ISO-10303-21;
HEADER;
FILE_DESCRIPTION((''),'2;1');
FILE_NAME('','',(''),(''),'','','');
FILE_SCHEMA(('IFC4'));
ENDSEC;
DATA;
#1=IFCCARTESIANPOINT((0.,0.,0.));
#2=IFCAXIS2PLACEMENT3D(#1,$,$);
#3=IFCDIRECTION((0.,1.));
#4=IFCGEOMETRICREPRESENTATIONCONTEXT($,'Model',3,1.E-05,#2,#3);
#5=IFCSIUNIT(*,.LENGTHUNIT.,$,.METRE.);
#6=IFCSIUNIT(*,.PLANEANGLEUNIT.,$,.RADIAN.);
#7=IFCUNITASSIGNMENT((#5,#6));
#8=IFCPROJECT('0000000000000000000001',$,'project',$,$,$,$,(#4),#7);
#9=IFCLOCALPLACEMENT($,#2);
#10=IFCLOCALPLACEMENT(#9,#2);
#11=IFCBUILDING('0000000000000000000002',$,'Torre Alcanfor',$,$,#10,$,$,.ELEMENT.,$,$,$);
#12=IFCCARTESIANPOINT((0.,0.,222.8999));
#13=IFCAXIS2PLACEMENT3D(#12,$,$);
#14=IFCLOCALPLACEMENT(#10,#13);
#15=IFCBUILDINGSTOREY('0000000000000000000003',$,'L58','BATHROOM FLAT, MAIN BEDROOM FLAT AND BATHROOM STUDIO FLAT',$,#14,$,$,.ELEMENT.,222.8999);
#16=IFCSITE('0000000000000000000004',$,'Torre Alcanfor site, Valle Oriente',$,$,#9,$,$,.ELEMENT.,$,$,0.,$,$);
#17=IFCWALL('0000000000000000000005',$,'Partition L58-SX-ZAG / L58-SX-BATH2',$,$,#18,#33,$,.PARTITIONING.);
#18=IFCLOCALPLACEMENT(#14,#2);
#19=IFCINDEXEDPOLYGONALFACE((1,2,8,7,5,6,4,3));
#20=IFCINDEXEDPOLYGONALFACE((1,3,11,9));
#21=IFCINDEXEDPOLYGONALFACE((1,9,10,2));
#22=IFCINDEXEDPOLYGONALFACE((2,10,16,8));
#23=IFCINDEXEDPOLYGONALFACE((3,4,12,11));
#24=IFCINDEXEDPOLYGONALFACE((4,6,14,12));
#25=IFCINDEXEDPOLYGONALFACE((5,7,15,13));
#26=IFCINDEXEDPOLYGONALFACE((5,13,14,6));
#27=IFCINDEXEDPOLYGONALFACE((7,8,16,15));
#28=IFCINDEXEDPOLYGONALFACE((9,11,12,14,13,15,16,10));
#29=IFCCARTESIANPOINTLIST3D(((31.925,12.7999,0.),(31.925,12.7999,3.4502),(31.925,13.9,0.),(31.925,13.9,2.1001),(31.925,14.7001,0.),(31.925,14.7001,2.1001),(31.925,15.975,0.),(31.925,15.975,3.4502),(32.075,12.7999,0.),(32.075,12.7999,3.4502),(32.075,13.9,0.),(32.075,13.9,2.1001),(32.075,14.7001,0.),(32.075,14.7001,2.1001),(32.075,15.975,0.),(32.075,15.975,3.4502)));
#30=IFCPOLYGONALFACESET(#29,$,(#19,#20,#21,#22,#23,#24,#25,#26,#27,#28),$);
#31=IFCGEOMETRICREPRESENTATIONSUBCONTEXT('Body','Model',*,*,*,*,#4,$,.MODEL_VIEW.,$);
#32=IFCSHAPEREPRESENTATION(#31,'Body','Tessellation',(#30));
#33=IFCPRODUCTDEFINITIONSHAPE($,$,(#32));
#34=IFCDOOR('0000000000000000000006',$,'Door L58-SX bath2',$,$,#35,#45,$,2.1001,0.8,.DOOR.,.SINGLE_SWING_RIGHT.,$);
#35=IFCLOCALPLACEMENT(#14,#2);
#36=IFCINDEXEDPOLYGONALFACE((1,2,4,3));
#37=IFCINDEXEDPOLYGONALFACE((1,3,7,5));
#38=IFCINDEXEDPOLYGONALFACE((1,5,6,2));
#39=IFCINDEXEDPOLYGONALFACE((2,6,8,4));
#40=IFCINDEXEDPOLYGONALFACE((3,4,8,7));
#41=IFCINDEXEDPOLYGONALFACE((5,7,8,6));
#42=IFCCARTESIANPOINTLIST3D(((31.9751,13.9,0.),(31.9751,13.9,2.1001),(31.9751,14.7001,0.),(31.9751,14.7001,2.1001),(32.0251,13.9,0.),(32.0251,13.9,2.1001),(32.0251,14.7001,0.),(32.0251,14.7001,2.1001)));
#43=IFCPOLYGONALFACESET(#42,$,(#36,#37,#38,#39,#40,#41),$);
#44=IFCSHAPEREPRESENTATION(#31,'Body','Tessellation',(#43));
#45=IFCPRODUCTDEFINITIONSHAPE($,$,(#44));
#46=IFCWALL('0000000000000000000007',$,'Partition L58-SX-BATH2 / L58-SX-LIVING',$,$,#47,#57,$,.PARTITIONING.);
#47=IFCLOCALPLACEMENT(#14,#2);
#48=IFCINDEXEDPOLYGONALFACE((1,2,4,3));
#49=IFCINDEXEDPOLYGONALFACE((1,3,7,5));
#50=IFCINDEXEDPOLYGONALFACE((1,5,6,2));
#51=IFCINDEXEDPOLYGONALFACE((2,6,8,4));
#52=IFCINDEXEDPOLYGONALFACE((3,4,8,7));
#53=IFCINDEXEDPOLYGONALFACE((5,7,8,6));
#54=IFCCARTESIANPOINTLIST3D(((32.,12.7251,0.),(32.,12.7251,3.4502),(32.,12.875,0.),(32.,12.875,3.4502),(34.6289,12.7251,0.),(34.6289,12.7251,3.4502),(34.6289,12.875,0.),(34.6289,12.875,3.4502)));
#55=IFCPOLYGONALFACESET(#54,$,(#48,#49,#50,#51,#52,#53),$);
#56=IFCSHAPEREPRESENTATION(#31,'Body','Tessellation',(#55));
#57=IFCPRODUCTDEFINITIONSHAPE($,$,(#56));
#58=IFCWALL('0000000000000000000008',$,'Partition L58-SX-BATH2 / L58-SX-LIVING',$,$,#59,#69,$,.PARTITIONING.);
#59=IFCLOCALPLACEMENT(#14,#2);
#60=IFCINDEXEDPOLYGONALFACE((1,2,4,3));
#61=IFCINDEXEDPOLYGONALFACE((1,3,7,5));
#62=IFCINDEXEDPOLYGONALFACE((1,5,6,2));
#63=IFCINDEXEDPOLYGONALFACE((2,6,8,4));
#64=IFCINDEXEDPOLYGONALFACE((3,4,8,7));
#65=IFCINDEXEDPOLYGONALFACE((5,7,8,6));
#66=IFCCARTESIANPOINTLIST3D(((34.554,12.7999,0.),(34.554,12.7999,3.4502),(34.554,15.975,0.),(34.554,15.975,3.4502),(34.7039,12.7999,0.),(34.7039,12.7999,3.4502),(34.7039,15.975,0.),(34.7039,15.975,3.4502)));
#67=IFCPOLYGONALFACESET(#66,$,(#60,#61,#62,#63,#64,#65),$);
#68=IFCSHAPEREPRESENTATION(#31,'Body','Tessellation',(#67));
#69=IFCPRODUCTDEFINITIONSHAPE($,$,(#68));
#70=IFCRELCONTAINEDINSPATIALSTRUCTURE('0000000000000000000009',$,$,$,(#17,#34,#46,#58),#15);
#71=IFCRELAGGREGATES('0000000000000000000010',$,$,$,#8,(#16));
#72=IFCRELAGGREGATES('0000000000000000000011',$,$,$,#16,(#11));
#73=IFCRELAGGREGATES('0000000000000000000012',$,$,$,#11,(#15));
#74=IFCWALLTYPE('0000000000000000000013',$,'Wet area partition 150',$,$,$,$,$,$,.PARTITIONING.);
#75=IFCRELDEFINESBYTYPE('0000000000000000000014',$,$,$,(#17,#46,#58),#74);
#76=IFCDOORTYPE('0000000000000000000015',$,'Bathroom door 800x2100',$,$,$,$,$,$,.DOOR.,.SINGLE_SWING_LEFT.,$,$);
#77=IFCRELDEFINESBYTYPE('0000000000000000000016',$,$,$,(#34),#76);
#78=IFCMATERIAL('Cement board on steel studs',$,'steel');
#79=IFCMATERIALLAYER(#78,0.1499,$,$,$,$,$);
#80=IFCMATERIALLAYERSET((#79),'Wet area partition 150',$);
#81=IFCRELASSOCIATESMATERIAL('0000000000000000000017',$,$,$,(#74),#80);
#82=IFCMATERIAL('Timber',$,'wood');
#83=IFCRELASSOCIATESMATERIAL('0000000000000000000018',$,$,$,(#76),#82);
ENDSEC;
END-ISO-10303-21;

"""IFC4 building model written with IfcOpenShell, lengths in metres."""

from ifc_helpers import new_model, si_unit, direction, frame, frame_2d, origin, place, context, subcontext, project, spatial, rectangle, extrude, material, layer, layer_set, type_object, element, fill, save


model = new_model("IFC4")

# Units and contexts
model_context = context("Model", 3, precision=1e-05, world=origin(), true_north=direction((0.0, 1.0)))
body_context = subcontext(model_context, "Body", "Model", "MODEL_VIEW")
ifc_project = project(units=[si_unit("LENGTHUNIT", "METRE"), si_unit("PLANEANGLEUNIT", "RADIAN")], contexts=[model_context])

# Site, building, storey
site_placement = place(None, origin())
site = spatial("IfcSite", under=ifc_project, at=site_placement, Name="Torre Alcanfor site, Valle Oriente", CompositionType="ELEMENT", RefElevation=0.0)
building_placement = place(site_placement, origin())
building = spatial("IfcBuilding", under=site, at=building_placement, Name="Torre Alcanfor", CompositionType="ELEMENT")
storey_placement = place(building_placement, frame((0.0, 0.0, 222.8999)))
storey = spatial("IfcBuildingStorey", under=building, at=storey_placement, Name="L58", Description="BATHROOM FLAT, MAIN BEDROOM FLAT AND BATHROOM STUDIO FLAT", CompositionType="ELEMENT", Elevation=222.8999)

# Wall, opening, door
ifc_material_1 = material(Name="Cement board on steel studs", Category="steel")
ifc_layer_1 = layer(ifc_material_1, 0.1499)
ifc_layer_set_1 = layer_set([ifc_layer_1], Name="Wet area partition 150")
wall_type_1 = type_object("IfcWallType", Name="Wet area partition 150", PredefinedType="PARTITIONING", material=ifc_layer_set_1)
wall_1_placement = place(storey_placement, frame((32.0, 12.8, 0.0), z_axis=(0.0, 0.0, 1.0), x_axis=(0.0, 1.0, 0.0)))
wall_1 = element("IfcWall", 1, at=wall_1_placement, inside=storey, type_object=wall_type_1, Name="Partition L58-SX-ZAG / L58-SX-BATH2", PredefinedType="PARTITIONING", context=body_context, shape_type="SweptSolid", body=[
    extrude(rectangle(XDim=3.175, YDim=0.1499, at=frame_2d((1.5874, 0.0))), origin(), (0.0, 0.0, 1.0), 3.4502),
])
opening_1_placement = place(wall_1_placement, frame((1.1001, 0.0, 0.0)))
opening_1 = element("IfcOpeningElement", 2, at=opening_1_placement, cuts=wall_1, PredefinedType="OPENING", context=body_context, shape_type="SweptSolid", body=[
    extrude(rectangle(XDim=0.8, YDim=2.1001, at=frame_2d((0.3999, 1.05))), frame((0.0, 0.085, 0.0), z_axis=(0.0, -1.0, 0.0), x_axis=(1.0, 0.0, 0.0)), (0.0, 0.0, 1.0), 0.1699),
])
ifc_material_2 = material(Name="Timber", Category="wood")
door_type_1 = type_object("IfcDoorType", Name="Bathroom door 800x2100", OperationType="SINGLE_SWING_LEFT", PredefinedType="DOOR", material=ifc_material_2)
door_1_placement = place(opening_1_placement, frame((0.8, 0.0, 0.0), z_axis=(0.0, 0.0, 1.0), x_axis=(-1.0, 0.0, 0.0)))
door_1 = element("IfcDoor", 3, at=door_1_placement, inside=storey, type_object=door_type_1, Name="Door L58-SX bath2", OperationType="SINGLE_SWING_RIGHT", OverallHeight=2.1001, OverallWidth=0.8, PredefinedType="DOOR", context=body_context, shape_type="SweptSolid", body=[
    extrude(rectangle(XDim=0.8, YDim=2.1001, at=frame_2d((0.4001, 1.05))), frame((0.0, 0.0251, 0.0), z_axis=(0.0, -1.0, 0.0), x_axis=(1.0, 0.0, 0.0)), (0.0, 0.0, 1.0), 0.05),
])
fill(opening_1, door_1)

# Walls
wall_2_placement = place(storey_placement, frame((32.0, 12.8, 0.0), z_axis=(0.0, 0.0, 1.0), x_axis=(1.0, 0.0, 0.0)))
element("IfcWall", 4, at=wall_2_placement, inside=storey, type_object=wall_type_1, Name="Partition L58-SX-BATH2 / L58-SX-LIVING", PredefinedType="PARTITIONING", context=body_context, shape_type="SweptSolid", body=[
    extrude(rectangle(XDim=2.6289, YDim=0.1499, at=frame_2d((1.3145, 0.0))), origin(), (0.0, 0.0, 1.0), 3.4502),
])
wall_3_placement = place(storey_placement, frame((34.6289, 12.8, 0.0), z_axis=(0.0, 0.0, 1.0), x_axis=(0.0, 1.0, 0.0)))
element("IfcWall", 5, at=wall_3_placement, inside=storey, type_object=wall_type_1, Name="Partition L58-SX-BATH2 / L58-SX-LIVING", PredefinedType="PARTITIONING", context=body_context, shape_type="SweptSolid", body=[
    extrude(rectangle(XDim=3.175, YDim=0.1499, at=frame_2d((1.5874, 0.0))), origin(), (0.0, 0.0, 1.0), 3.4502),
])

save(model, "model.ifc")
